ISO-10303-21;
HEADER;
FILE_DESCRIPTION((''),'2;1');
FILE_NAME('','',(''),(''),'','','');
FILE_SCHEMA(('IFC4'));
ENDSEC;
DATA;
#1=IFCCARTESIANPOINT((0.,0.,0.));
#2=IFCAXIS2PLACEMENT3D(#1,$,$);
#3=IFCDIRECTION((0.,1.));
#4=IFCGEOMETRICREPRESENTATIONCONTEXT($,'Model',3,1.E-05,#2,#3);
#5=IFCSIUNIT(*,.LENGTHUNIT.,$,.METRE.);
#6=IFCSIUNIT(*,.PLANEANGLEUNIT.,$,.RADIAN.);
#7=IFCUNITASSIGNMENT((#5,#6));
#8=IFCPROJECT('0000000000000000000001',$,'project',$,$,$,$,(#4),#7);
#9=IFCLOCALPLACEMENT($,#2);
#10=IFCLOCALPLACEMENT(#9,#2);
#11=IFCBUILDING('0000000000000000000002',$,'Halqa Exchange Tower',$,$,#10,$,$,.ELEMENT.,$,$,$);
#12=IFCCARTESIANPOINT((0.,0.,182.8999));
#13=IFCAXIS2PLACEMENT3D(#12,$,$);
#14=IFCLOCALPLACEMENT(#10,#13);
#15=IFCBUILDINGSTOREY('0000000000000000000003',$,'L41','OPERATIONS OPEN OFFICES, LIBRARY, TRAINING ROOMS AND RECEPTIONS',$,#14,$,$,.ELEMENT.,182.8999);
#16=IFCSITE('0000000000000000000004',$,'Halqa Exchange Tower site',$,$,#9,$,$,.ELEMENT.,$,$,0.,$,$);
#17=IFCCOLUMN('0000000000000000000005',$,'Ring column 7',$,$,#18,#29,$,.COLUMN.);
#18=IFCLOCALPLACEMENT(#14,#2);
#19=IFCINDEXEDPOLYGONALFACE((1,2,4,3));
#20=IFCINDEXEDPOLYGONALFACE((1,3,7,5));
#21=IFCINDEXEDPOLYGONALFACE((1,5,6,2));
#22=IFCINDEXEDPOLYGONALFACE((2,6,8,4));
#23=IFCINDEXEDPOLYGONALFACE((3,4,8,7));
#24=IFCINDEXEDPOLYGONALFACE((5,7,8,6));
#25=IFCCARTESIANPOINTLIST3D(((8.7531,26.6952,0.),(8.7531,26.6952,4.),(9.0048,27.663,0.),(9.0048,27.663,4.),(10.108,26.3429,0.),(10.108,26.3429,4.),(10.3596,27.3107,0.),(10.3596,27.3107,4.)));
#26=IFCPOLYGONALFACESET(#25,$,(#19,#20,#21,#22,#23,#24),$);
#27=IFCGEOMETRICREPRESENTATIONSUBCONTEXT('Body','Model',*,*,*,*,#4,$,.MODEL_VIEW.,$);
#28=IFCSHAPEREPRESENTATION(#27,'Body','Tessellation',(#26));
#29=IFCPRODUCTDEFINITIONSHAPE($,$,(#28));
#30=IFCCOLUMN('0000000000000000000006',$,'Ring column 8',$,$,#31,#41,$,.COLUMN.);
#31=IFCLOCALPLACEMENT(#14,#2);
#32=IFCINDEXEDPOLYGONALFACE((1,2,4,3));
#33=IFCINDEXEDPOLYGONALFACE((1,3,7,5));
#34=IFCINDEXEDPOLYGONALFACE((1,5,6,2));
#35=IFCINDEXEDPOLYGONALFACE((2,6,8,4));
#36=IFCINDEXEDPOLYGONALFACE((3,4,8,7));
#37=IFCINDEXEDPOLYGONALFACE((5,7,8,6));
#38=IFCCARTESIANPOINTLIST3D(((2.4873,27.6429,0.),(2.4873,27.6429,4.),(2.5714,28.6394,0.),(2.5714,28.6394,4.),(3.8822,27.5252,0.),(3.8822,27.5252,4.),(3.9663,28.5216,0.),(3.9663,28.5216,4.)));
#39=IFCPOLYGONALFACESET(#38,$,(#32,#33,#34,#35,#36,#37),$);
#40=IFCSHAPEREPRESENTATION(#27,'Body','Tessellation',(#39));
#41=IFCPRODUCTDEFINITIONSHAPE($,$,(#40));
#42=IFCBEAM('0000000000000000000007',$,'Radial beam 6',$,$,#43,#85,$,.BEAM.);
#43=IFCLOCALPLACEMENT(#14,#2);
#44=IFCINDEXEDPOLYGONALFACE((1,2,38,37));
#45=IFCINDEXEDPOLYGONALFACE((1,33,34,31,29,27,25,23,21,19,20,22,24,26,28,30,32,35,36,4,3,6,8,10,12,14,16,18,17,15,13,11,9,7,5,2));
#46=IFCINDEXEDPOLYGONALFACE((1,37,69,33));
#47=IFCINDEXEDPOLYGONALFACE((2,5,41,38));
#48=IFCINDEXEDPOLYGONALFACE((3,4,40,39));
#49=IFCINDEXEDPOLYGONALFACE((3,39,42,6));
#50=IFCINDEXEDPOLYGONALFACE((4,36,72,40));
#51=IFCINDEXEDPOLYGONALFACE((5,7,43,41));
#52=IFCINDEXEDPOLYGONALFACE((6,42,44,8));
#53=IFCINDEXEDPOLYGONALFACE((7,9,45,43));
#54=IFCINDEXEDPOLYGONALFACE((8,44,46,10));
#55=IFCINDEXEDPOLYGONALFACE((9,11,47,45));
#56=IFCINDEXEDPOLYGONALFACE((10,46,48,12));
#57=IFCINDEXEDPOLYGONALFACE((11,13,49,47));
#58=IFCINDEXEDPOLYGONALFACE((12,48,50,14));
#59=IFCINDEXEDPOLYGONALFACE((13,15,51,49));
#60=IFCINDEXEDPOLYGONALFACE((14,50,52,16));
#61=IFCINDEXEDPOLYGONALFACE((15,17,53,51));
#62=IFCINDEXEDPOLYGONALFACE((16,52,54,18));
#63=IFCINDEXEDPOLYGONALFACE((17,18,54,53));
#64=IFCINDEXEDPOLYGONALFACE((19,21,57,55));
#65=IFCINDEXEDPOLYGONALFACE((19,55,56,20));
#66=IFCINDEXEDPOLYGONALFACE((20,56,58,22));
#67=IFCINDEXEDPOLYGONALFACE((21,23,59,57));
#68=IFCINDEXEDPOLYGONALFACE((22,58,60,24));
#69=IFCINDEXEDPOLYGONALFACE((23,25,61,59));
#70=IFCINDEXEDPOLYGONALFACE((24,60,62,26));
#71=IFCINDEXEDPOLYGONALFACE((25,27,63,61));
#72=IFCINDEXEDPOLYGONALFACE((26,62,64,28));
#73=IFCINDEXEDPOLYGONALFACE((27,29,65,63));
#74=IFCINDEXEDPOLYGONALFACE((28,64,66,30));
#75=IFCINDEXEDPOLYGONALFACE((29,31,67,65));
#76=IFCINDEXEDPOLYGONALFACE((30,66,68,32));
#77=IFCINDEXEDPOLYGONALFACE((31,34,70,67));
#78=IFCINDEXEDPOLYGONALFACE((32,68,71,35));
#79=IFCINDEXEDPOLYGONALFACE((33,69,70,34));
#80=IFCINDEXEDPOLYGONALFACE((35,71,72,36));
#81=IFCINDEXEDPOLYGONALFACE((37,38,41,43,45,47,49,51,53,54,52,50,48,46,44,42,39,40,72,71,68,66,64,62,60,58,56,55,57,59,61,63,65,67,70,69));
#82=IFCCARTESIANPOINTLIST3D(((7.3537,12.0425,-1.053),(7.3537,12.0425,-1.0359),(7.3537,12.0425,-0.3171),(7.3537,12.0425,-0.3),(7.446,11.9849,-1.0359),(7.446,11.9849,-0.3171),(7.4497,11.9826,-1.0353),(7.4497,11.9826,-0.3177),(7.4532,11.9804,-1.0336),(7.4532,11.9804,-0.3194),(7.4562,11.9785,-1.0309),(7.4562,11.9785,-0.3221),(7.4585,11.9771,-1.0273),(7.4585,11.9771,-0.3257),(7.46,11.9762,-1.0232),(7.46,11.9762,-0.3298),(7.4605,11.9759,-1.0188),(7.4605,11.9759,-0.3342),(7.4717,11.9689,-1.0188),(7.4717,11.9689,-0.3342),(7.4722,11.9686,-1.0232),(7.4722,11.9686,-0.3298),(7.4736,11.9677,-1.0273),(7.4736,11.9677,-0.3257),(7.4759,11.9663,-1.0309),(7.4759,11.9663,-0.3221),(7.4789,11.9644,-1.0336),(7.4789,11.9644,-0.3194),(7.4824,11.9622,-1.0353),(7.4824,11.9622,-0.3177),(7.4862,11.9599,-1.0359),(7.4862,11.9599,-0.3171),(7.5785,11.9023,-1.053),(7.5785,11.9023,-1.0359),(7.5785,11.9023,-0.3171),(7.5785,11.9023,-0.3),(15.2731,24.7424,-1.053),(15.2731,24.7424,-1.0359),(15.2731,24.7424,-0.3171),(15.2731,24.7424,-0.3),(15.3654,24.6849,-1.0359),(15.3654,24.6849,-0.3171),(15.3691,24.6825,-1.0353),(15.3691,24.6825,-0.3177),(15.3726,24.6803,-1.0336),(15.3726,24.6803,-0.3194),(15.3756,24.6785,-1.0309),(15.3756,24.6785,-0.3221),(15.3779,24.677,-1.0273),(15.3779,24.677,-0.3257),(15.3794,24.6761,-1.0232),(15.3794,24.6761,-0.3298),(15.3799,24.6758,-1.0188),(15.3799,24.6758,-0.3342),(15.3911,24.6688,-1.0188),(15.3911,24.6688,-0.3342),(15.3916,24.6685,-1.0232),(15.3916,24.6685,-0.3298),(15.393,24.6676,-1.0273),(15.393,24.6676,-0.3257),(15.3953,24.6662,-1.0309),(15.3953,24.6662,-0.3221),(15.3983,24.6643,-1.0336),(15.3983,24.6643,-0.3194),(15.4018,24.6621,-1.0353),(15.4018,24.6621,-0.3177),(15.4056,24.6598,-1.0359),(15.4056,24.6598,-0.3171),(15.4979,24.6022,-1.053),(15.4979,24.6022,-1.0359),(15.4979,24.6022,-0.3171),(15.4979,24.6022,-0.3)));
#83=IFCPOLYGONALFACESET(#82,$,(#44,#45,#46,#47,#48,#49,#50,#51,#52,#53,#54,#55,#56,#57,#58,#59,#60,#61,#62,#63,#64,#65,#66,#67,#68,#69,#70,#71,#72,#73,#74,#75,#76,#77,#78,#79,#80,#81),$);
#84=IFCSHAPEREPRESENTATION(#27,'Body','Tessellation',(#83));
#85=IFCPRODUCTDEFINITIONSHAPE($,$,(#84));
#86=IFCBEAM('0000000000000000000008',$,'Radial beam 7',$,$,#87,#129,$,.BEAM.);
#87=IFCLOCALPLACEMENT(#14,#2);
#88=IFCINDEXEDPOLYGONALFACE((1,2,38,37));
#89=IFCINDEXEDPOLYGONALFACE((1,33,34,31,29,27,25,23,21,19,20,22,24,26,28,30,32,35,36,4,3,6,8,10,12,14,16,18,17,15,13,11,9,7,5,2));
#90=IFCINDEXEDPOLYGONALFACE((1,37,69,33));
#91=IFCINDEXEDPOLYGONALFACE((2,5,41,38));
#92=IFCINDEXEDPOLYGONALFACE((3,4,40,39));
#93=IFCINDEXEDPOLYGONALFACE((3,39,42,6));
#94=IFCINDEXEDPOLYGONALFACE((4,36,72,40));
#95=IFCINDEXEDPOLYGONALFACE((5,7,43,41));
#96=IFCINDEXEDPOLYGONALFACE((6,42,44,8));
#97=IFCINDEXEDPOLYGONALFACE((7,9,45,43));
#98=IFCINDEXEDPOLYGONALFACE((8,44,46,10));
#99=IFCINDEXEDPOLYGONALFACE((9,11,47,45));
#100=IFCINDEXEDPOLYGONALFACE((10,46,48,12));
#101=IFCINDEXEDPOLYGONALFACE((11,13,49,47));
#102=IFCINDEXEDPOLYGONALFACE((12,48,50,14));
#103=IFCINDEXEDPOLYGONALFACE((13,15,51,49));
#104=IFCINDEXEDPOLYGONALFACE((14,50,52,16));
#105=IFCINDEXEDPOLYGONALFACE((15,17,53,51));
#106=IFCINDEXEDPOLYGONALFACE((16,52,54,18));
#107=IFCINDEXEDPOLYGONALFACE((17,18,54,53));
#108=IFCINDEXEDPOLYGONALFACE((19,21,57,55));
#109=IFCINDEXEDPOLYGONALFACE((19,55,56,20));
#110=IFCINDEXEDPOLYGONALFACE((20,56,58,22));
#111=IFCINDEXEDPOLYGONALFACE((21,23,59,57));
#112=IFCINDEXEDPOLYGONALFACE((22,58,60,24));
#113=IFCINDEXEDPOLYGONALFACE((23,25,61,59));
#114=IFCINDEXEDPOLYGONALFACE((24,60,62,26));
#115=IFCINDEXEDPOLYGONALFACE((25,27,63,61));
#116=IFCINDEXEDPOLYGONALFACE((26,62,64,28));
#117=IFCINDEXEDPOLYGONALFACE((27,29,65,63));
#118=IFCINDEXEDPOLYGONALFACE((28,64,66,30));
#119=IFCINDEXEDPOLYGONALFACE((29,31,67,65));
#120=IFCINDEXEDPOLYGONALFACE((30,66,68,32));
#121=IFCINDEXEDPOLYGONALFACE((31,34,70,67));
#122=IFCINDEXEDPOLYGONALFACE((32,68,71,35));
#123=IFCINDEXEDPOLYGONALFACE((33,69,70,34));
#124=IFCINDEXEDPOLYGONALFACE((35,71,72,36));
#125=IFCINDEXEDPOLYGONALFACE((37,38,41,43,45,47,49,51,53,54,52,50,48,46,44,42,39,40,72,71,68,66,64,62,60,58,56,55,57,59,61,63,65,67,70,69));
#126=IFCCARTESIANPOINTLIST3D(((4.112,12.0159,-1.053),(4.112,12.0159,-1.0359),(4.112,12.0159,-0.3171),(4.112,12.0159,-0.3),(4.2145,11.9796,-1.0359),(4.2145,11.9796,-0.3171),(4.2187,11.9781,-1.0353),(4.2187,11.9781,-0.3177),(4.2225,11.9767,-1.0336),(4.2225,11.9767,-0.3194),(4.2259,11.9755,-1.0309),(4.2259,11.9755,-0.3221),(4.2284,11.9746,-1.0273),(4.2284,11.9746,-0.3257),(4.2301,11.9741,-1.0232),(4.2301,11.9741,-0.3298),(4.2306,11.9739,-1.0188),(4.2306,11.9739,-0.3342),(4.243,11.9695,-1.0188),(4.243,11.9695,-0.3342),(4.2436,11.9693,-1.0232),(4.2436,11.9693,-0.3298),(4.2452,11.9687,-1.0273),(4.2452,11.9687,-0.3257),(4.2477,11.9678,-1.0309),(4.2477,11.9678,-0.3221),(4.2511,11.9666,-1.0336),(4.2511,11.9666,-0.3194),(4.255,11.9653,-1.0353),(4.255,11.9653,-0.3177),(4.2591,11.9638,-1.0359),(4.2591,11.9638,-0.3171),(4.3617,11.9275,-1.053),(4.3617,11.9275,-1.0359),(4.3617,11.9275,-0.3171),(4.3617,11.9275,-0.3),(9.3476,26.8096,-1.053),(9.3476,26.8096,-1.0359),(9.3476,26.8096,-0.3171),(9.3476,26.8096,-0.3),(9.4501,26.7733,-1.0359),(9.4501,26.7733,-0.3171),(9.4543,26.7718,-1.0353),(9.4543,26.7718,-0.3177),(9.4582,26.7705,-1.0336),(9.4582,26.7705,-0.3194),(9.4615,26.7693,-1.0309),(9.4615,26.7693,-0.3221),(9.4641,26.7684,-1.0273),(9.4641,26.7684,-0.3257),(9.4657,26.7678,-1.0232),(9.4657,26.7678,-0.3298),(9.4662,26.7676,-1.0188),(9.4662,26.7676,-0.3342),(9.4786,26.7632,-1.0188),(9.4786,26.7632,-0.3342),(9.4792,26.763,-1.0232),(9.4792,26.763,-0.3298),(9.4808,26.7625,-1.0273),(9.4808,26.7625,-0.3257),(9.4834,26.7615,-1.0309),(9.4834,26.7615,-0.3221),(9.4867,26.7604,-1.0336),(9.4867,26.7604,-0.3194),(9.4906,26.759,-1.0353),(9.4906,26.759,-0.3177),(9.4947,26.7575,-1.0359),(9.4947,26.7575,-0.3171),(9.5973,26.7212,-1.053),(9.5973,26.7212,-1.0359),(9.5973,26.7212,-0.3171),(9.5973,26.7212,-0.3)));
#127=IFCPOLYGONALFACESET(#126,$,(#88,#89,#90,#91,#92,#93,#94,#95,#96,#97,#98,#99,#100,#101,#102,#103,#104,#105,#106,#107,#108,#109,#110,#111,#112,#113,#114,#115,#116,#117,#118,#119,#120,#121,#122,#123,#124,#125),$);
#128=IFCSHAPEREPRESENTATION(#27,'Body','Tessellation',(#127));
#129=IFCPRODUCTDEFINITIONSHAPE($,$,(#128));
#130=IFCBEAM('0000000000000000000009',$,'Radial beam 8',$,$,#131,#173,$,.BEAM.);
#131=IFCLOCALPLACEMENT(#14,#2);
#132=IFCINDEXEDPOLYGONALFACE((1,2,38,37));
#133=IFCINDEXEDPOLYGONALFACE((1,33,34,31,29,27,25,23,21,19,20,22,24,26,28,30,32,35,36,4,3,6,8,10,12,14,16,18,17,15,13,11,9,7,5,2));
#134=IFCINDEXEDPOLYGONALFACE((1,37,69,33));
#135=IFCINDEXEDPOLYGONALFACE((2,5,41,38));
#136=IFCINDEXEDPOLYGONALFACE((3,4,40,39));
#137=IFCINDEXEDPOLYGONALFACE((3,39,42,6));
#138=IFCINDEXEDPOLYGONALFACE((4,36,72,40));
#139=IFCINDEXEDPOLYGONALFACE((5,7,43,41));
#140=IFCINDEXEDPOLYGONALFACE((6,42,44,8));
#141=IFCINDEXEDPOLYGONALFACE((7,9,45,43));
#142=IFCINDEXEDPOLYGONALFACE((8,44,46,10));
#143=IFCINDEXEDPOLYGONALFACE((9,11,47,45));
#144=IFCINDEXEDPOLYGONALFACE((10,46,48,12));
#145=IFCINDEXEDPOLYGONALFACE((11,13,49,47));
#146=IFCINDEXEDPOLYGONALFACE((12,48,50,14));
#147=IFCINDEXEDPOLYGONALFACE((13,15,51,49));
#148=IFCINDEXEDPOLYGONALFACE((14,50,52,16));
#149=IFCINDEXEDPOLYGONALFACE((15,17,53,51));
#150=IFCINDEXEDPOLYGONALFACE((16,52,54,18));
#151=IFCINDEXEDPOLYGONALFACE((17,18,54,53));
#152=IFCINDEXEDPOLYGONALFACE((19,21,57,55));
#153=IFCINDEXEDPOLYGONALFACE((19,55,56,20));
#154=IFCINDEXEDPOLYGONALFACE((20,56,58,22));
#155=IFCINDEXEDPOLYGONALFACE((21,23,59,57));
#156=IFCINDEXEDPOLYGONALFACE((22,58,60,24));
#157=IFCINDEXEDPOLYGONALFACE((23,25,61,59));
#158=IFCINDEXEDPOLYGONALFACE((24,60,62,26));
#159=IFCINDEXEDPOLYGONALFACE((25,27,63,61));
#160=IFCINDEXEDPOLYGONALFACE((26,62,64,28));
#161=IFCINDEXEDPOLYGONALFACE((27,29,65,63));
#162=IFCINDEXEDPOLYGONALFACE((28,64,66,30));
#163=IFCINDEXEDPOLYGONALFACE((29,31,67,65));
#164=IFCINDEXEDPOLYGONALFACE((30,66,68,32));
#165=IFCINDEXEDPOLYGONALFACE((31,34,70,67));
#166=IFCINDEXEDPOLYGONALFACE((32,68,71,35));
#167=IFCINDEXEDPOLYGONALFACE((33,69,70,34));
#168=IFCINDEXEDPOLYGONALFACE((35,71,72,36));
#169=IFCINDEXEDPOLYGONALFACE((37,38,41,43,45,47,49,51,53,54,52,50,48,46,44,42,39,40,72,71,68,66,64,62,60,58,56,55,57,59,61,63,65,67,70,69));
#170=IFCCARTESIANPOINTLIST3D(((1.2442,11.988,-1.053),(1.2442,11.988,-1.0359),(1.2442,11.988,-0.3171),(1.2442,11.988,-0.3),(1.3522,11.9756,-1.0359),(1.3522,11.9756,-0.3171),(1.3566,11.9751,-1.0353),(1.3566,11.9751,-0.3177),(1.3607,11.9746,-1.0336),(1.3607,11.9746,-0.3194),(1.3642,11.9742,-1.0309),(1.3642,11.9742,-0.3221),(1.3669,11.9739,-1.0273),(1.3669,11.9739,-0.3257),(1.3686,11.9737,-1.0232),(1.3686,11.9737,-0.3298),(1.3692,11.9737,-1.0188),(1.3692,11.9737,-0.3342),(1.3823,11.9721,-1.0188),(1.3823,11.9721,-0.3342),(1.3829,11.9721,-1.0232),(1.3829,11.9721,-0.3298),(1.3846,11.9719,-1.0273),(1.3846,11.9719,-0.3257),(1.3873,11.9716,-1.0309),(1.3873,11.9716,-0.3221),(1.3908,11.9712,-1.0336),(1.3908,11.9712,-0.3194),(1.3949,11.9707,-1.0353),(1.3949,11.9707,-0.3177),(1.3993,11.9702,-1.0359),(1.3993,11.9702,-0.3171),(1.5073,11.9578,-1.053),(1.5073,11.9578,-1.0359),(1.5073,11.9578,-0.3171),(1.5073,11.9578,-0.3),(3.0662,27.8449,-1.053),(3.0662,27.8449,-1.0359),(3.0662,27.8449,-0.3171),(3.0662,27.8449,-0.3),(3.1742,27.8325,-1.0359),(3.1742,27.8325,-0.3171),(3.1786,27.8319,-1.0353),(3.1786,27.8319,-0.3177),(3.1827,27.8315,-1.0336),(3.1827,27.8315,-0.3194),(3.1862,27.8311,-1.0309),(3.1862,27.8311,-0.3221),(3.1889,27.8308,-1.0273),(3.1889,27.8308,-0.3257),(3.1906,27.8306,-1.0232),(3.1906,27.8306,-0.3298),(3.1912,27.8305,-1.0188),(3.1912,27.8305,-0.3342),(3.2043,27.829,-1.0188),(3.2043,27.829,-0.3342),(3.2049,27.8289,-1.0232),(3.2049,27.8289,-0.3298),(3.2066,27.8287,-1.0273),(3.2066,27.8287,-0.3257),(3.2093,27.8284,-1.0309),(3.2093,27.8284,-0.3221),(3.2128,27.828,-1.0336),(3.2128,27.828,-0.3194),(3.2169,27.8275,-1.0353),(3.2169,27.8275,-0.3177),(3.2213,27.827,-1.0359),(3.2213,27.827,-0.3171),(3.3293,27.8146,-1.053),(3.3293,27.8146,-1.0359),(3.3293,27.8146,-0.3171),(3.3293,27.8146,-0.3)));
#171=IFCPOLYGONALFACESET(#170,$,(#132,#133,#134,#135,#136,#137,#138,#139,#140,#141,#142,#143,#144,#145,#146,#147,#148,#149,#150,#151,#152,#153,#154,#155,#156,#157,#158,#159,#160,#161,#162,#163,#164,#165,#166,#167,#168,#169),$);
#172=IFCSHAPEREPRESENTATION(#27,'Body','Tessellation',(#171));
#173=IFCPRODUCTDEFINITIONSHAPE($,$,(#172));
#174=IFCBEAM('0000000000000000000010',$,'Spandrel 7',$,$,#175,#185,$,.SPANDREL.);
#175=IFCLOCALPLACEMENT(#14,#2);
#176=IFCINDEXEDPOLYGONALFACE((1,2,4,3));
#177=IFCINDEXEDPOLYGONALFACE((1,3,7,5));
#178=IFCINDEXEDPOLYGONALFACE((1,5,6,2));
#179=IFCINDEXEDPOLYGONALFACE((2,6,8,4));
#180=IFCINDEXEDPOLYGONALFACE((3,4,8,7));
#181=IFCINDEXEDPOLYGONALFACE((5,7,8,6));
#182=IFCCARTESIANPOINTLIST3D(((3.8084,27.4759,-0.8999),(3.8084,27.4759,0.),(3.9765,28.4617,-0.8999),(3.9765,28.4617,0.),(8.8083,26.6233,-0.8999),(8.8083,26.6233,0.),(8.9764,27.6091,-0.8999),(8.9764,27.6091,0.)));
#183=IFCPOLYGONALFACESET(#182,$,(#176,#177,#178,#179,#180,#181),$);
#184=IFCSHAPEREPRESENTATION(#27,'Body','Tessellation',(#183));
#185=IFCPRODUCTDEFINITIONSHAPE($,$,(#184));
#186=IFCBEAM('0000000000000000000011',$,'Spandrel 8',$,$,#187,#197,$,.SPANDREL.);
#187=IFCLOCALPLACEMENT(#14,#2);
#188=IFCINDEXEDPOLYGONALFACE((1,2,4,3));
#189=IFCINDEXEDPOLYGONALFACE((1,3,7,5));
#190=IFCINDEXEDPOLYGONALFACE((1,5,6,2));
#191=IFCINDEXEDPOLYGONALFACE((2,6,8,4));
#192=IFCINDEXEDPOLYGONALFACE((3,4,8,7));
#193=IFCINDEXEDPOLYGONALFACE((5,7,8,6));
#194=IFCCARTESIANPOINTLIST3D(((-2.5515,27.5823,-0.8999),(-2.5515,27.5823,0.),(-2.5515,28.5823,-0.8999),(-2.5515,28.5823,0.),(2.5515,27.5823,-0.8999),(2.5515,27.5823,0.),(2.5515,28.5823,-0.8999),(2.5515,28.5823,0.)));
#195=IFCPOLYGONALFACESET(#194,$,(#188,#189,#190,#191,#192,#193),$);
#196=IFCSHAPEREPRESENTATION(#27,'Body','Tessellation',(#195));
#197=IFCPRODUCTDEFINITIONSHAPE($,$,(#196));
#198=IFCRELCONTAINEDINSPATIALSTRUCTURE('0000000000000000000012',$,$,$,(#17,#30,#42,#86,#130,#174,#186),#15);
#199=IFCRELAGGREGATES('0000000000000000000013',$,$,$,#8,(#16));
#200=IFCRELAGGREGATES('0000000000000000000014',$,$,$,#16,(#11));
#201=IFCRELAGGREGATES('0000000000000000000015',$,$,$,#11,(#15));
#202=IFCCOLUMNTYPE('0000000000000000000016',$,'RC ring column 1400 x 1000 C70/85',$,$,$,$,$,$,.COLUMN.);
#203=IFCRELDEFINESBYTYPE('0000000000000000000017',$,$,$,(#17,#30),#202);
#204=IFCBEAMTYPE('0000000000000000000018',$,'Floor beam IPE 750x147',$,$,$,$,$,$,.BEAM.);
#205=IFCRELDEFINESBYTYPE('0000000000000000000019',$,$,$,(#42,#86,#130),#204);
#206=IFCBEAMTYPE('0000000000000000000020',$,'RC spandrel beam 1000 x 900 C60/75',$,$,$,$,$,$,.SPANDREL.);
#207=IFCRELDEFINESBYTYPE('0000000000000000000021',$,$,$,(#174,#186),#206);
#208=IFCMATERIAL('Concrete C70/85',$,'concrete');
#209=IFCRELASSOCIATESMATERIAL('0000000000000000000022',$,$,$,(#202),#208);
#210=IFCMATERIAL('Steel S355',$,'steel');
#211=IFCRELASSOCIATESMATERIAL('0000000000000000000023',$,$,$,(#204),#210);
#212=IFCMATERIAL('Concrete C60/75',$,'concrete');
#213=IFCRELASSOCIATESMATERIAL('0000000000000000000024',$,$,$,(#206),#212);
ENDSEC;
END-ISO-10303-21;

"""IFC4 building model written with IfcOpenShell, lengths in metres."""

from ifc_helpers import new_model, si_unit, direction, frame, origin, origin_2d, place, context, subcontext, project, spatial, rectangle, i_section, extrude, material, material_profile, profile_set, type_object, element, save


model = new_model("IFC4")

# Units and contexts
model_context = context("Model", 3, precision=1e-05, world=origin(), true_north=direction((0.0, 1.0)))
body_context = subcontext(model_context, "Body", "Model", "MODEL_VIEW")
ifc_project = project(units=[si_unit("LENGTHUNIT", "METRE"), si_unit("PLANEANGLEUNIT", "RADIAN")], contexts=[model_context])

# Site, building, storey
site_placement = place(None, origin())
site = spatial("IfcSite", under=ifc_project, at=site_placement, Name="Halqa Exchange Tower site", CompositionType="ELEMENT", RefElevation=0.0)
building_placement = place(site_placement, origin())
building = spatial("IfcBuilding", under=site, at=building_placement, Name="Halqa Exchange Tower", CompositionType="ELEMENT")
storey_placement = place(building_placement, frame((0.0, 0.0, 182.8999)))
storey = spatial("IfcBuildingStorey", under=building, at=storey_placement, Name="L41", Description="OPERATIONS OPEN OFFICES, LIBRARY, TRAINING ROOMS AND RECEPTIONS", CompositionType="ELEMENT", Elevation=182.8999)

# Columns
ifc_material_1 = material(Name="Concrete C70/85", Category="concrete")
ifc_material_profile_1 = material_profile(ifc_material_1, rectangle(XDim=1.3999, YDim=1.0, at=origin_2d()), Name="1400 x 1000")
ifc_profile_set_1 = profile_set([ifc_material_profile_1], Name="Concrete C70/85")
column_type = type_object("IfcColumnType", Name="RC ring column 1400 x 1000 C70/85", PredefinedType="COLUMN", material=ifc_profile_set_1)
for number, where, z_axis, x_axis, name in (
    (1, (9.5564, 27.0029, 0.0), (0.0, 0.0, 1.0), (-0.96782, 0.251645, 0.0), "Ring column 7"),
    (2, (3.2268, 28.0823, 0.0), (0.0, 0.0, 1.0), (-0.996455, 0.084123, 0.0), "Ring column 8"),
):
    element("IfcColumn", number, at=place(storey_placement, frame(where, z_axis=z_axis, x_axis=x_axis)), inside=storey, type_object=column_type, Name=name, PredefinedType="COLUMN", context=body_context, shape_type="SweptSolid", body=[
        extrude(rectangle(XDim=1.3999, YDim=1.0, at=origin_2d()), origin(), (0.0, 0.0, 1.0), 4.0),
    ])

# Beams
ifc_material_2 = material(Name="Steel S355", Category="steel")
ifc_material_profile_2 = material_profile(ifc_material_2, i_section(OverallWidth=0.2649, OverallDepth=0.7529, WebThickness=0.0132, FlangeThickness=0.0171, FilletRadius=0.0171, at=origin_2d()), Name="IPE 750x147")
ifc_profile_set_2 = profile_set([ifc_material_profile_2], Name="Steel S355")
beam_type_1 = type_object("IfcBeamType", Name="Floor beam IPE 750x147", PredefinedType="BEAM", material=ifc_profile_set_2)
beam_1_placement = place(storey_placement, frame((7.4661, 11.9724, -0.6765), z_axis=(0.529132, 0.848539, 0.0), x_axis=(-0.848539, 0.529132, 0.0)))
element("IfcBeam", 3, at=beam_1_placement, inside=storey, type_object=beam_type_1, Name="Radial beam 6", PredefinedType="BEAM", context=body_context, shape_type="SweptSolid", body=[
    extrude(i_section(OverallWidth=0.2649, OverallDepth=0.7529, WebThickness=0.0132, FlangeThickness=0.0171, FilletRadius=0.0171, at=origin_2d()), origin(), (0.0, 0.0, 1.0), 14.9668),
])
beam_2_placement = place(storey_placement, frame((4.2368, 11.9717, -0.6765), z_axis=(0.33363, 0.942704, 0.0), x_axis=(-0.942704, 0.33363, 0.0)))
element("IfcBeam", 4, at=beam_2_placement, inside=storey, type_object=beam_type_1, Name="Radial beam 7", PredefinedType="BEAM", context=body_context, shape_type="SweptSolid", body=[
    extrude(i_section(OverallWidth=0.2649, OverallDepth=0.7529, WebThickness=0.0132, FlangeThickness=0.0171, FilletRadius=0.0171, at=origin_2d()), origin(), (0.0, 0.0, 1.0), 15.6929),
])
beam_3_placement = place(storey_placement, frame((1.3757, 11.9729, -0.6765), z_axis=(0.114153, 0.993463, 0.0), x_axis=(-0.993463, 0.114153, 0.0)))
element("IfcBeam", 5, at=beam_3_placement, inside=storey, type_object=beam_type_1, Name="Radial beam 8", PredefinedType="BEAM", context=body_context, shape_type="SweptSolid", body=[
    extrude(i_section(OverallWidth=0.2649, OverallDepth=0.7529, WebThickness=0.0132, FlangeThickness=0.0171, FilletRadius=0.0171, at=origin_2d()), origin(), (0.0, 0.0, 1.0), 15.9612),
])
ifc_material_3 = material(Name="Concrete C60/75", Category="concrete")
ifc_material_profile_3 = material_profile(ifc_material_3, rectangle(XDim=1.0, YDim=0.8999, at=origin_2d()), Name="1000 x 900")
ifc_profile_set_3 = profile_set([ifc_material_profile_3], Name="Concrete C60/75")
beam_type_2 = type_object("IfcBeamType", Name="RC spandrel beam 1000 x 900 C60/75", PredefinedType="SPANDREL", material=ifc_profile_set_3)
beam_4_placement = place(storey_placement, frame((8.8923, 27.1162, -0.45), z_axis=(-0.985772, 0.16809, 0.0), x_axis=(-0.16809, -0.985772, 0.0)))
element("IfcBeam", 6, at=beam_4_placement, inside=storey, type_object=beam_type_2, Name="Spandrel 7", PredefinedType="SPANDREL", context=body_context, shape_type="SweptSolid", body=[
    extrude(rectangle(XDim=1.0, YDim=0.8999, at=origin_2d()), origin(), (0.0, 0.0, 1.0), 5.072),
])
beam_5_placement = place(storey_placement, frame((2.5515, 28.0823, -0.45), z_axis=(-1.0, 0.0, 0.0), x_axis=(0.0, -1.0, 0.0)))
element("IfcBeam", 7, at=beam_5_placement, inside=storey, type_object=beam_type_2, Name="Spandrel 8", PredefinedType="SPANDREL", context=body_context, shape_type="SweptSolid", body=[
    extrude(rectangle(XDim=1.0, YDim=0.8999, at=origin_2d()), origin(), (0.0, 0.0, 1.0), 5.103),
])

save(model, "model.ifc")
